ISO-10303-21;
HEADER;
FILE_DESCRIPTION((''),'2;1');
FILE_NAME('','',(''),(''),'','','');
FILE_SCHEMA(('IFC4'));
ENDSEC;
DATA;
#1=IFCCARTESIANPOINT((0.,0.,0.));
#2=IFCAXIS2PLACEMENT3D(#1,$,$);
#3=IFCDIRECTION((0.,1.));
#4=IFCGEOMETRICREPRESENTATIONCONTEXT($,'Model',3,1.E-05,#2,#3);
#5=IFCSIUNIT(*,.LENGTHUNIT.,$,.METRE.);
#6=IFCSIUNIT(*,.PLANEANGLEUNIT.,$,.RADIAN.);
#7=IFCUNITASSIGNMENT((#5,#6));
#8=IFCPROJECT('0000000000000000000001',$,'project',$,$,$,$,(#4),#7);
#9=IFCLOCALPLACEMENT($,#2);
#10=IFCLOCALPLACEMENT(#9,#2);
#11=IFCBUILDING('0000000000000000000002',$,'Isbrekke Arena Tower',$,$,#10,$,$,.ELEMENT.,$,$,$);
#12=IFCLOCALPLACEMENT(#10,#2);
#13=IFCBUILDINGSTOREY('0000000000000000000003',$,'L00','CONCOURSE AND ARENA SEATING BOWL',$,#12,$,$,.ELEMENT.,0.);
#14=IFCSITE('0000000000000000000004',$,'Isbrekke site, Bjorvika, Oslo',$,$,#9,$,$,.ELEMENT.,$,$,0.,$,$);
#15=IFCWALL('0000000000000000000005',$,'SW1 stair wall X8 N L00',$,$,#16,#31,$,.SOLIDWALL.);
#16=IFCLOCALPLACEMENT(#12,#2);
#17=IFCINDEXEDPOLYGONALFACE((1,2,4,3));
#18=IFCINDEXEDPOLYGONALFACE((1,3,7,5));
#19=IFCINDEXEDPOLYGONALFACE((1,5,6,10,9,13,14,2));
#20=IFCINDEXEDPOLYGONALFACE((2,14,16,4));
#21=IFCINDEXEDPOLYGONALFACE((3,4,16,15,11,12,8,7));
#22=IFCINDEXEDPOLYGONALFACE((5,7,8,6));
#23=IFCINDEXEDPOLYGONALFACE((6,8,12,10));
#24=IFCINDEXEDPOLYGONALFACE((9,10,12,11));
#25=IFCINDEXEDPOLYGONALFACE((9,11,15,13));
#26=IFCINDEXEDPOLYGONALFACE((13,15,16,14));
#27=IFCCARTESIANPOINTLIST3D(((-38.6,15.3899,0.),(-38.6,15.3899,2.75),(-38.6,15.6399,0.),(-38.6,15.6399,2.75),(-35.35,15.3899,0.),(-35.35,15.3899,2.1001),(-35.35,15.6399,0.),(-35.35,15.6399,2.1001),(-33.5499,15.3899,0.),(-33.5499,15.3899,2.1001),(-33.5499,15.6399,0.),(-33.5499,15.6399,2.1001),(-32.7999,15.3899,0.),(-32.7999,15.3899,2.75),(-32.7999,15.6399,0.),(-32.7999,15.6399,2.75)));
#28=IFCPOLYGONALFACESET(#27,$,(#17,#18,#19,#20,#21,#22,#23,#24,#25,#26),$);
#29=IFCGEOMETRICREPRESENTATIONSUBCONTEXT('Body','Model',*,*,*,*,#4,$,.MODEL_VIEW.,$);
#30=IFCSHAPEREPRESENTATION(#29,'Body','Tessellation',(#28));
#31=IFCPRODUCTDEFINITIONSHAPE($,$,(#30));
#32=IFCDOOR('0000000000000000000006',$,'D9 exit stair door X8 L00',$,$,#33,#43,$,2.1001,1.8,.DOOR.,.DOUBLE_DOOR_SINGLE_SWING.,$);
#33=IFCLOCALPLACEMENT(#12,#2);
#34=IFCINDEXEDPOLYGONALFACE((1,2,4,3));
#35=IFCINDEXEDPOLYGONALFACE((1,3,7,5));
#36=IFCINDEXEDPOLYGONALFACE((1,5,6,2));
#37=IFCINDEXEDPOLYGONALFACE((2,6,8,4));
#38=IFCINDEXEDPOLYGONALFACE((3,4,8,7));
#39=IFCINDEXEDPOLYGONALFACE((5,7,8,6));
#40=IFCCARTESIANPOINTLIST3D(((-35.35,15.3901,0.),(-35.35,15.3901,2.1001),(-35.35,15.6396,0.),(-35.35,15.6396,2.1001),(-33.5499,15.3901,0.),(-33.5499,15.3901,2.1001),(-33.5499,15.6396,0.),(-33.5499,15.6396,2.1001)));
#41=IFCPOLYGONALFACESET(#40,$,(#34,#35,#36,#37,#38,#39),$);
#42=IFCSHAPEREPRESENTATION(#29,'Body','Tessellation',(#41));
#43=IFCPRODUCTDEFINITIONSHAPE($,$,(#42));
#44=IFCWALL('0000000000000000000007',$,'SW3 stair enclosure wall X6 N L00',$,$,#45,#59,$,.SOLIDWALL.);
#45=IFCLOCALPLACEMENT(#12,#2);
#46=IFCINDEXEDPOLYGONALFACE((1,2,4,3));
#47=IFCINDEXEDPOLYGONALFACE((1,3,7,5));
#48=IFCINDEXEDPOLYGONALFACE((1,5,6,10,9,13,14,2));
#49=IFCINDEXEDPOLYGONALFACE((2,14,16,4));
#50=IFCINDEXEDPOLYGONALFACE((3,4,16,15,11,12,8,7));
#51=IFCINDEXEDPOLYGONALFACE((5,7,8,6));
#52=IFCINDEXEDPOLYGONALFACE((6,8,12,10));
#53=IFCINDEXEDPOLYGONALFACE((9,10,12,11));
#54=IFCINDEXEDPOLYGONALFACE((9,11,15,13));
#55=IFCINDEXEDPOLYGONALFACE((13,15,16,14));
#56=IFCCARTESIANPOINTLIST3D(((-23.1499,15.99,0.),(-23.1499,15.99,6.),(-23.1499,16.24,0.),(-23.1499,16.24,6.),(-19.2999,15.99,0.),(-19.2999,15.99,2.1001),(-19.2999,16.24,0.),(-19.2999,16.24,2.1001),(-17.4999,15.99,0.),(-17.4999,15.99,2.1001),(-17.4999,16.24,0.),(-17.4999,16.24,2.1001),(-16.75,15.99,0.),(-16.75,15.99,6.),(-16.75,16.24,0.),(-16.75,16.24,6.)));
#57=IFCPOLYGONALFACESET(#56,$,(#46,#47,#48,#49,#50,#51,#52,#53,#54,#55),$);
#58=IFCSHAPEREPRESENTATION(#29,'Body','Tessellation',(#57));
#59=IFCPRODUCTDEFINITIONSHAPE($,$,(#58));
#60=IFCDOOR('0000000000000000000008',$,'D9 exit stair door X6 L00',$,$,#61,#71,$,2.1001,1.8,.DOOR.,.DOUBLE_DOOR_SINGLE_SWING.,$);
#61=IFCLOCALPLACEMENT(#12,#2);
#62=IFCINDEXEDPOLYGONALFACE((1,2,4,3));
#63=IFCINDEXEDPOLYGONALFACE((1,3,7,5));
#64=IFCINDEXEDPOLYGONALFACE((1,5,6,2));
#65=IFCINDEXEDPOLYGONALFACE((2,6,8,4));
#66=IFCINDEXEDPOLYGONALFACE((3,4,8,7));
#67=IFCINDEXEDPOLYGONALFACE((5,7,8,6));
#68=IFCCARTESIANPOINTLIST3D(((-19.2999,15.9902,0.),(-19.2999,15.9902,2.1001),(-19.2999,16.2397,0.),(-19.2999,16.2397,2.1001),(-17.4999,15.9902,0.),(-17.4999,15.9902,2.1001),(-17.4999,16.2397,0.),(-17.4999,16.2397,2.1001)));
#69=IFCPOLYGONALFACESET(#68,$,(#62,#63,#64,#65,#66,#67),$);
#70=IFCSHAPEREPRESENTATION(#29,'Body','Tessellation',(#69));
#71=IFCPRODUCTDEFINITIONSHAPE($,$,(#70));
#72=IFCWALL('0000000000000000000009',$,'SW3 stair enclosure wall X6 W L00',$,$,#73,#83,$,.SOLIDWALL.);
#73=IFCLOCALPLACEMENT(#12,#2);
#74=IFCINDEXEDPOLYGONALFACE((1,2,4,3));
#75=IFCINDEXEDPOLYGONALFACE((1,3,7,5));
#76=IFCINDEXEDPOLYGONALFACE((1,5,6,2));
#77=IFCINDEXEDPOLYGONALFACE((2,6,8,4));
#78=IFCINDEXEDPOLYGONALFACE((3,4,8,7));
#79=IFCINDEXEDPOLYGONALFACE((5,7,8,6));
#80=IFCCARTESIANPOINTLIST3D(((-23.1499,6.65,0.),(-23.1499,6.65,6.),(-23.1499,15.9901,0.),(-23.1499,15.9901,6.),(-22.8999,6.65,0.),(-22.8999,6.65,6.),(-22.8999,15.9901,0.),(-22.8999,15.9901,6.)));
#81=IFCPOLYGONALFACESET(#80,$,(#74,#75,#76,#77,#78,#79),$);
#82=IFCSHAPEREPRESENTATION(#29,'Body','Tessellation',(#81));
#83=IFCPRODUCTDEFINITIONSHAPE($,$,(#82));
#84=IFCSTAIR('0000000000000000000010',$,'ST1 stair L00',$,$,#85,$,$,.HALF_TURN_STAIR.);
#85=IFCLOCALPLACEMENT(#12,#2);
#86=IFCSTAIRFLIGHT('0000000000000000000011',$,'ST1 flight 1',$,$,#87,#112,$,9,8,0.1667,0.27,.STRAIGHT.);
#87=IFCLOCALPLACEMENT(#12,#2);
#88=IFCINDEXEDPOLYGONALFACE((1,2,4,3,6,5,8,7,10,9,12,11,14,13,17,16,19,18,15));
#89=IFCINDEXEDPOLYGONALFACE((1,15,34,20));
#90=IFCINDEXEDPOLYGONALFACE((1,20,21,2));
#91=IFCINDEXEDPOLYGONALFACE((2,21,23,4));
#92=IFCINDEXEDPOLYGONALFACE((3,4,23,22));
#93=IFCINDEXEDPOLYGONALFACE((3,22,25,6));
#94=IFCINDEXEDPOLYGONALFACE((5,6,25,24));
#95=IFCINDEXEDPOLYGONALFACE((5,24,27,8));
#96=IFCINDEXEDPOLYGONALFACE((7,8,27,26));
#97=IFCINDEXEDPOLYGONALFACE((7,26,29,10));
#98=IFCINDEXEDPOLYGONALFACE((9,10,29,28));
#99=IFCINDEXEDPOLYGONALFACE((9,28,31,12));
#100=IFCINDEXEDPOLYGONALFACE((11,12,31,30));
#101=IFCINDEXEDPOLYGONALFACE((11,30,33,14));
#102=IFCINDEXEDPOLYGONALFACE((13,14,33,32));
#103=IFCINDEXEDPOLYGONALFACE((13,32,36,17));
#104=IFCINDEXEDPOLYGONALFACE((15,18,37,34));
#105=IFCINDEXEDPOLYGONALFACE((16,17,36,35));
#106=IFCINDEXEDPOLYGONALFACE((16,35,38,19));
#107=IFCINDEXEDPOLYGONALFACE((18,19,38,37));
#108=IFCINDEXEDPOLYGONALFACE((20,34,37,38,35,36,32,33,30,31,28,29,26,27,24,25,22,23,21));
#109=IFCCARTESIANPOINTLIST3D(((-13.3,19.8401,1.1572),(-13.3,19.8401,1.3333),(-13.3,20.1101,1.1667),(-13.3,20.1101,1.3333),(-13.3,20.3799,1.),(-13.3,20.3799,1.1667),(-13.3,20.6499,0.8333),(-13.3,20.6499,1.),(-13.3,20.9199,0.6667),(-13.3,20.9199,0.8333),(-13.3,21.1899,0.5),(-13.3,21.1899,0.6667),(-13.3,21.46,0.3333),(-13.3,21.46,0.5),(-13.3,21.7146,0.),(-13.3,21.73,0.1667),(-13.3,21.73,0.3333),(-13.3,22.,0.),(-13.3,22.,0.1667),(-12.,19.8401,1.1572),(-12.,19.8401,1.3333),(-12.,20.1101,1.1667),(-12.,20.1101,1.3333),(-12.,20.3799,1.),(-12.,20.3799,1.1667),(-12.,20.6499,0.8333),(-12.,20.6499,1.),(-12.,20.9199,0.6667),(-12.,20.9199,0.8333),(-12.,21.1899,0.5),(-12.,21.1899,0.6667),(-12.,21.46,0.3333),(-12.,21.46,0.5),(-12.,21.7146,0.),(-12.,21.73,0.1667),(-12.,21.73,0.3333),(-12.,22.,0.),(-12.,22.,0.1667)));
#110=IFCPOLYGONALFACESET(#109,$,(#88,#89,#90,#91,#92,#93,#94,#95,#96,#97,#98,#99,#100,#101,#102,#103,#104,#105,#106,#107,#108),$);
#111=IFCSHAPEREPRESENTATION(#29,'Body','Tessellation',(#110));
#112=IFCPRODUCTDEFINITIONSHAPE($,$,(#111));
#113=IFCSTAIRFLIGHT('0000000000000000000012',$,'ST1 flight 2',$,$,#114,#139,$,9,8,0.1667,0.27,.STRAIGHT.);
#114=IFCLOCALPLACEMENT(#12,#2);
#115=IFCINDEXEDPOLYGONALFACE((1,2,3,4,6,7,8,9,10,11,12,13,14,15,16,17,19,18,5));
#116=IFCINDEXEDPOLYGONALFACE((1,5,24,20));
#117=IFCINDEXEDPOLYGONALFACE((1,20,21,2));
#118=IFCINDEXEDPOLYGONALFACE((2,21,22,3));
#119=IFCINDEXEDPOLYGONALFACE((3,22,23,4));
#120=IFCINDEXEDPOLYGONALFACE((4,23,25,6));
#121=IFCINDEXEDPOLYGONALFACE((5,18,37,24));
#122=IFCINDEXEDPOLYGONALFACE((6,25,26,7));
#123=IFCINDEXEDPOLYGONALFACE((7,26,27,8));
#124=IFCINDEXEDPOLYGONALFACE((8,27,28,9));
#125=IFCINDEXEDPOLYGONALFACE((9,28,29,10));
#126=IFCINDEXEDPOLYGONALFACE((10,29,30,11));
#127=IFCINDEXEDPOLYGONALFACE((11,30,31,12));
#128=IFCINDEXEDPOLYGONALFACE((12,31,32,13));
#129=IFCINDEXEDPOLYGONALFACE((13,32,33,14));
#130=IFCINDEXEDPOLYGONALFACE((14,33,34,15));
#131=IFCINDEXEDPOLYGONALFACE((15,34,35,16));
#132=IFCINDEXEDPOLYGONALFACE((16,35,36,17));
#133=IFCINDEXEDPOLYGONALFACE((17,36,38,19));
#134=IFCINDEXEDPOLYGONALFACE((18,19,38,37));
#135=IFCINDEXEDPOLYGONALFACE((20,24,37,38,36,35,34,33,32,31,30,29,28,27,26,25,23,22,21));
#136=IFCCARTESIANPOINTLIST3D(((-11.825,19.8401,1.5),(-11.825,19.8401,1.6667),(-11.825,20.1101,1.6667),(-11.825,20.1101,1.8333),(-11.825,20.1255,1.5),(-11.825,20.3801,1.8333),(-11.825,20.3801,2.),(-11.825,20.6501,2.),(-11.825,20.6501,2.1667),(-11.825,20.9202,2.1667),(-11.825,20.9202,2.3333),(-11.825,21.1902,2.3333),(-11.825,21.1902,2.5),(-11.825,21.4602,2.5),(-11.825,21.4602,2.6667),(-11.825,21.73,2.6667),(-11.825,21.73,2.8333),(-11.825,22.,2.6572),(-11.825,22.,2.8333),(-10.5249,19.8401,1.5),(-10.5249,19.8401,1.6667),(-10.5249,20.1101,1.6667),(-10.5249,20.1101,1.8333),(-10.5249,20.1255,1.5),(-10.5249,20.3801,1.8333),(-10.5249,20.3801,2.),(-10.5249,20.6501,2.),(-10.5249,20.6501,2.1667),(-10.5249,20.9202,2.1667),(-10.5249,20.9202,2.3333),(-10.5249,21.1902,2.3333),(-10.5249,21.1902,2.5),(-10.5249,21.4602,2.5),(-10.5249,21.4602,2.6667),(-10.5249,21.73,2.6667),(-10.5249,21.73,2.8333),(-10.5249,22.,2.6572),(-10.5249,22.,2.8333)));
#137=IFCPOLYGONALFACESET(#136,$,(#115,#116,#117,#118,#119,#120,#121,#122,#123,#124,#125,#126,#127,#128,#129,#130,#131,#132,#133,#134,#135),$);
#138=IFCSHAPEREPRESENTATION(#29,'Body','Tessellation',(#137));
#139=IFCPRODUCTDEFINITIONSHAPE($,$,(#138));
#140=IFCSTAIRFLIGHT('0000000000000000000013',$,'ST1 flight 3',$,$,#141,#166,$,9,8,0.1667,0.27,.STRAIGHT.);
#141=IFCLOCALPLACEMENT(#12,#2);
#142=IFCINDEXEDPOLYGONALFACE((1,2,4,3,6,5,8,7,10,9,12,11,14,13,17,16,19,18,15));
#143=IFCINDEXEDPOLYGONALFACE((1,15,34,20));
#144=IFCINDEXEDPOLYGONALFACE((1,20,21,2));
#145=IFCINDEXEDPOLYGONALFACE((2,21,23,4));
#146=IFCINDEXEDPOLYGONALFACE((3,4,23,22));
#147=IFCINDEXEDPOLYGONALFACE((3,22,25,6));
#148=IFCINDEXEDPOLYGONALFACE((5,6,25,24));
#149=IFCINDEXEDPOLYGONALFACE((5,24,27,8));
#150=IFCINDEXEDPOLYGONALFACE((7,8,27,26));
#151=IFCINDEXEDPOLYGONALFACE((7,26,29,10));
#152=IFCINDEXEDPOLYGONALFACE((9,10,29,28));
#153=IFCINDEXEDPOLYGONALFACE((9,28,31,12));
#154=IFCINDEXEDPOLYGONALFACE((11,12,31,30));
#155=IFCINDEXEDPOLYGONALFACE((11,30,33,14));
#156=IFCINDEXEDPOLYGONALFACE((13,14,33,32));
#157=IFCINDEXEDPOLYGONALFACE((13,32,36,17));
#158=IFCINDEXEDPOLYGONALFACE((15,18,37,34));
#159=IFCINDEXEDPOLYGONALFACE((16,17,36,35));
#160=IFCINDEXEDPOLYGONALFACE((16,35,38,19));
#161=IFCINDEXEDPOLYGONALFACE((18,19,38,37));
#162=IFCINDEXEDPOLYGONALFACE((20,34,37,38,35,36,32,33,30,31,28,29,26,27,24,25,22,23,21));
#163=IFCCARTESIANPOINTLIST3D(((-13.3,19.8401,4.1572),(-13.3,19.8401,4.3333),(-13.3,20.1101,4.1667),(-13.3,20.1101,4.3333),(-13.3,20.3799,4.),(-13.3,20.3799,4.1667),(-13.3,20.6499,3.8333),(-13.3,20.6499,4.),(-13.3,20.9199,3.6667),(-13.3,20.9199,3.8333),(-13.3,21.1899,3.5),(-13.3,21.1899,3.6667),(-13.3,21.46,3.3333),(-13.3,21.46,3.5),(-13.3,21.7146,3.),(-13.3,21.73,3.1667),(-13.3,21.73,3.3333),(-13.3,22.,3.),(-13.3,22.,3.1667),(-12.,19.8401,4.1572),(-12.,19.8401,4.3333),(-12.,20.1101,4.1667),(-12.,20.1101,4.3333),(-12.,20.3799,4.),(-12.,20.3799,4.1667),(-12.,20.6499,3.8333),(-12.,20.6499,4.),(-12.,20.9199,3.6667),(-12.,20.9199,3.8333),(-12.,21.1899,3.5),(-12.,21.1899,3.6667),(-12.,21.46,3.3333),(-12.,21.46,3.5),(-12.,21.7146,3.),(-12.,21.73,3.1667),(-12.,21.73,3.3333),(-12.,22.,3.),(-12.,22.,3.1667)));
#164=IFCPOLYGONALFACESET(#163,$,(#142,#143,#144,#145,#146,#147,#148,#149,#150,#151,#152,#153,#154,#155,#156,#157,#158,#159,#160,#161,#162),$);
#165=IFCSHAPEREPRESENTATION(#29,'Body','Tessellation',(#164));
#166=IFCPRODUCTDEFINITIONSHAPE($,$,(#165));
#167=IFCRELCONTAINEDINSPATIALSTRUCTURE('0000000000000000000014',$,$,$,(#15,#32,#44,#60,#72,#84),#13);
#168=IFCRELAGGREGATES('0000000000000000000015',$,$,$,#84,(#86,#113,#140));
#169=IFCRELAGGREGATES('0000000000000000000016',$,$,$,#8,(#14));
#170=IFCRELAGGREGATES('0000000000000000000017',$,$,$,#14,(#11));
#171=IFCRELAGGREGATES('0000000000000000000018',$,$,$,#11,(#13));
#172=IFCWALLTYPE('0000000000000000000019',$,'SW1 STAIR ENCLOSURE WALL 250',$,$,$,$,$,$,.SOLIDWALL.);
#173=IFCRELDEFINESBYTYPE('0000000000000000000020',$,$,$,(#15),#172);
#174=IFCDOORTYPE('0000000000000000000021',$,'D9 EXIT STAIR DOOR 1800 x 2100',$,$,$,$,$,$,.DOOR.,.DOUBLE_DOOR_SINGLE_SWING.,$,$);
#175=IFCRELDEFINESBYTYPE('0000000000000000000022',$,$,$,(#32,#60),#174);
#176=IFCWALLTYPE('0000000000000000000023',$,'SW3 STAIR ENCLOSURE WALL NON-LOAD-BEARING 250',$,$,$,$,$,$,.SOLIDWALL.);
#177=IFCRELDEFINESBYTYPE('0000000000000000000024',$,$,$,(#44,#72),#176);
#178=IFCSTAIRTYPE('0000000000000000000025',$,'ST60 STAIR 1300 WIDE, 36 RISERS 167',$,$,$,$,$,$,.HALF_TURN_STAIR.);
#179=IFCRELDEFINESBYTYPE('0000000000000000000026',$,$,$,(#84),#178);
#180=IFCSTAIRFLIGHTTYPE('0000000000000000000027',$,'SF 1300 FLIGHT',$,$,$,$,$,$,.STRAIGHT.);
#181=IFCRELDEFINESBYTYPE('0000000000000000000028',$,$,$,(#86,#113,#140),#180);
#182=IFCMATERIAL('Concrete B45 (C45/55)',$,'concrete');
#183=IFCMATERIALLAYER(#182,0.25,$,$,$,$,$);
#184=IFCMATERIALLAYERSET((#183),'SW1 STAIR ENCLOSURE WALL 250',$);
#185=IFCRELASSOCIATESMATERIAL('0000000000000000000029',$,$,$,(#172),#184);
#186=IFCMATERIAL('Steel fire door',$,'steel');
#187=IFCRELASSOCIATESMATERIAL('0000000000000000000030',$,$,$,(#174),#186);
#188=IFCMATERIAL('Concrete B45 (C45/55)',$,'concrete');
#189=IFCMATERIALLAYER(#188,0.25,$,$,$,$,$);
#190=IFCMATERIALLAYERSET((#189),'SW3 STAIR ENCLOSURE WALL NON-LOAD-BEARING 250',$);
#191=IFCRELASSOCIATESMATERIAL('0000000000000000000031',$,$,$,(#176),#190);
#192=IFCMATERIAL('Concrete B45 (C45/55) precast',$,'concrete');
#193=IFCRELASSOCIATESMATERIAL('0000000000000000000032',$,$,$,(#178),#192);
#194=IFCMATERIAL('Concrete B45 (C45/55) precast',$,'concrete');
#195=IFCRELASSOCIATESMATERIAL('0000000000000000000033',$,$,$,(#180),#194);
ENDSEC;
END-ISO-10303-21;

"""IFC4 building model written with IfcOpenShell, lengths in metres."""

from ifc_helpers import new_model, si_unit, direction, frame, frame_2d, origin, place, context, subcontext, project, spatial, polyline, rectangle, outline, extrude, material, layer, layer_set, type_object, element, fill, aggregate, save


model = new_model("IFC4")

# Units and contexts
model_context = context("Model", 3, precision=1e-05, world=origin(), true_north=direction((0.0, 1.0)))
body_context = subcontext(model_context, "Body", "Model", "MODEL_VIEW")
ifc_project = project(units=[si_unit("LENGTHUNIT", "METRE"), si_unit("PLANEANGLEUNIT", "RADIAN")], contexts=[model_context])

# Site, building, storey
site_placement = place(None, origin())
site = spatial("IfcSite", under=ifc_project, at=site_placement, Name="Isbrekke site, Bjorvika, Oslo", CompositionType="ELEMENT", RefElevation=0.0)
building_placement = place(site_placement, origin())
building = spatial("IfcBuilding", under=site, at=building_placement, Name="Isbrekke Arena Tower", CompositionType="ELEMENT")
storey_placement = place(building_placement, origin())
storey = spatial("IfcBuildingStorey", under=building, at=storey_placement, Name="L00", Description="CONCOURSE AND ARENA SEATING BOWL", CompositionType="ELEMENT", Elevation=0.0)

# Walls, openings, doors
ifc_material_1 = material(Name="Concrete B45 (C45/55)", Category="concrete")
ifc_layer_1 = layer(ifc_material_1, 0.25)
ifc_layer_set_1 = layer_set([ifc_layer_1], Name="SW1 STAIR ENCLOSURE WALL 250")
wall_type_1 = type_object("IfcWallType", Name="SW1 STAIR ENCLOSURE WALL 250", PredefinedType="SOLIDWALL", material=ifc_layer_set_1)
wall_1_placement = place(storey_placement, frame((-32.8, 15.5149, 0.0), z_axis=(0.0, 0.0, 1.0), x_axis=(-1.0, 0.0, 0.0)))
wall_1 = element("IfcWall", 1, at=wall_1_placement, inside=storey, type_object=wall_type_1, Name="SW1 stair wall X8 N L00", PredefinedType="SOLIDWALL", context=body_context, shape_type="SweptSolid", body=[
    extrude(rectangle(XDim=5.8, YDim=0.25, at=frame_2d((2.8999, 0.0))), origin(), (0.0, 0.0, 1.0), 2.75),
])
opening_1_placement = place(wall_1_placement, frame((0.75, 0.0, 0.0)))
opening_1 = element("IfcOpeningElement", 2, at=opening_1_placement, cuts=wall_1, PredefinedType="OPENING", context=body_context, shape_type="SweptSolid", body=[
    extrude(rectangle(XDim=1.8, YDim=2.1001, at=frame_2d((0.8999, 1.05))), frame((0.0, 0.1399, 0.0), z_axis=(0.0, -1.0, 0.0), x_axis=(1.0, 0.0, 0.0)), (0.0, 0.0, 1.0), 0.2798),
])
ifc_material_2 = material(Name="Steel fire door", Category="steel")
door_type_1 = type_object("IfcDoorType", Name="D9 EXIT STAIR DOOR 1800 x 2100", OperationType="DOUBLE_DOOR_SINGLE_SWING", PredefinedType="DOOR", material=ifc_material_2)
door_1_placement = place(opening_1_placement, origin())
door_1 = element("IfcDoor", 3, at=door_1_placement, inside=storey, type_object=door_type_1, Name="D9 exit stair door X8 L00", OperationType="DOUBLE_DOOR_SINGLE_SWING", OverallHeight=2.1001, OverallWidth=1.8, PredefinedType="DOOR", context=body_context, shape_type="SweptSolid", body=[
    extrude(rectangle(XDim=1.8, YDim=2.1001, at=frame_2d((0.8999, 1.05))), frame((0.0, 0.1248, 0.0), z_axis=(0.0, -1.0, 0.0), x_axis=(1.0, 0.0, 0.0)), (0.0, 0.0, 1.0), 0.2495),
])
fill(opening_1, door_1)
ifc_material_3 = material(Name="Concrete B45 (C45/55)", Category="concrete")
ifc_layer_2 = layer(ifc_material_3, 0.25)
ifc_layer_set_2 = layer_set([ifc_layer_2], Name="SW3 STAIR ENCLOSURE WALL NON-LOAD-BEARING 250")
wall_type_2 = type_object("IfcWallType", Name="SW3 STAIR ENCLOSURE WALL NON-LOAD-BEARING 250", PredefinedType="SOLIDWALL", material=ifc_layer_set_2)
wall_2_placement = place(storey_placement, frame((-16.75, 16.115, 0.0), z_axis=(0.0, 0.0, 1.0), x_axis=(-1.0, 0.0, 0.0)))
wall_2 = element("IfcWall", 4, at=wall_2_placement, inside=storey, type_object=wall_type_2, Name="SW3 stair enclosure wall X6 N L00", PredefinedType="SOLIDWALL", context=body_context, shape_type="SweptSolid", body=[
    extrude(rectangle(XDim=6.3999, YDim=0.25, at=frame_2d((3.2, 0.0))), origin(), (0.0, 0.0, 1.0), 6.0),
])
opening_2_placement = place(wall_2_placement, frame((0.75, 0.0, 0.0)))
opening_2 = element("IfcOpeningElement", 5, at=opening_2_placement, cuts=wall_2, PredefinedType="OPENING", context=body_context, shape_type="SweptSolid", body=[
    extrude(rectangle(XDim=1.8, YDim=2.1001, at=frame_2d((0.8999, 1.05))), frame((0.0, 0.1399, 0.0), z_axis=(0.0, -1.0, 0.0), x_axis=(1.0, 0.0, 0.0)), (0.0, 0.0, 1.0), 0.2798),
])
door_2_placement = place(opening_2_placement, origin())
door_2 = element("IfcDoor", 6, at=door_2_placement, inside=storey, type_object=door_type_1, Name="D9 exit stair door X6 L00", OperationType="DOUBLE_DOOR_SINGLE_SWING", OverallHeight=2.1001, OverallWidth=1.8, PredefinedType="DOOR", context=body_context, shape_type="SweptSolid", body=[
    extrude(rectangle(XDim=1.8, YDim=2.1001, at=frame_2d((0.8999, 1.05))), frame((0.0, 0.1248, 0.0), z_axis=(0.0, -1.0, 0.0), x_axis=(1.0, 0.0, 0.0)), (0.0, 0.0, 1.0), 0.2495),
])
fill(opening_2, door_2)

# Wall
wall_3_placement = place(storey_placement, frame((-23.0249, 15.99, 0.0), z_axis=(0.0, 0.0, 1.0), x_axis=(0.0, -1.0, 0.0)))
element("IfcWall", 7, at=wall_3_placement, inside=storey, type_object=wall_type_2, Name="SW3 stair enclosure wall X6 W L00", PredefinedType="SOLIDWALL", context=body_context, shape_type="SweptSolid", body=[
    extrude(rectangle(XDim=9.3401, YDim=0.25, at=frame_2d((4.6699, 0.0))), origin(), (0.0, 0.0, 1.0), 6.0),
])

# Stair, stair flights
ifc_material_4 = material(Name="Concrete B45 (C45/55) precast", Category="concrete")
stair_type = type_object("IfcStairType", Name="ST60 STAIR 1300 WIDE, 36 RISERS 167", PredefinedType="HALF_TURN_STAIR", material=ifc_material_4)
stair_placement = place(storey_placement, origin())
stair = element("IfcStair", 8, at=stair_placement, inside=storey, type_object=stair_type, Name="ST1 stair L00", PredefinedType="HALF_TURN_STAIR")
ifc_material_5 = material(Name="Concrete B45 (C45/55) precast", Category="concrete")
stair_flight_type = type_object("IfcStairFlightType", Name="SF 1300 FLIGHT", PredefinedType="STRAIGHT", material=ifc_material_5)
stair_flight_1_placement = place(storey_placement, frame((-12.6499, 22.0, 0.0), z_axis=(0.0, 0.0, 1.0), x_axis=(0.0, -1.0, 0.0)))
stair_flight_1 = element("IfcStairFlight", 9, at=stair_flight_1_placement, type_object=stair_flight_type, Name="ST1 flight 1", NumberOfRisers=9, NumberOfTreads=8, PredefinedType="STRAIGHT", RiserHeight=0.1667, TreadLength=0.27, context=body_context, shape_type="SweptSolid", body=[
    extrude(outline(polyline([(0.0, 0.0), (0.0, 0.1667), (0.27, 0.1667), (0.27, 0.3333), (0.54, 0.3333), (0.54, 0.5), (0.8101, 0.5), (0.8101, 0.6667), (1.0801, 0.6667), (1.0801, 0.8333), (1.3501, 0.8333), (1.3501, 1.0), (1.6201, 1.0), (1.6201, 1.1667), (1.8899, 1.1667), (1.8899, 1.3333), (2.1599, 1.3333), (2.1599, 1.5), (2.1599, 1.1572), (0.2854, 0.0), (0.0, 0.0)])), frame((0.0, 0.6499, 0.0), z_axis=(0.0, -1.0, 0.0), x_axis=(1.0, 0.0, 0.0)), (0.0, 0.0, 1.0), 1.3),
])
stair_flight_2_placement = place(storey_placement, frame((-11.175, 19.8401, 1.5), z_axis=(0.0, 0.0, 1.0), x_axis=(0.0, 1.0, 0.0)))
stair_flight_2 = element("IfcStairFlight", 10, at=stair_flight_2_placement, type_object=stair_flight_type, Name="ST1 flight 2", NumberOfRisers=9, NumberOfTreads=8, PredefinedType="STRAIGHT", RiserHeight=0.1667, TreadLength=0.27, context=body_context, shape_type="SweptSolid", body=[
    extrude(outline(polyline([(0.0, 0.0), (0.0, 0.1667), (0.27, 0.1667), (0.27, 0.3333), (0.54, 0.3333), (0.54, 0.5), (0.8101, 0.5), (0.8101, 0.6667), (1.0801, 0.6667), (1.0801, 0.8333), (1.3501, 0.8333), (1.3501, 1.0), (1.6201, 1.0), (1.6201, 1.1667), (1.8899, 1.1667), (1.8899, 1.3333), (2.1599, 1.3333), (2.1599, 1.5), (2.1599, 1.1572), (0.2854, 0.0), (0.0, 0.0)])), frame((0.0, 0.6499, 0.0), z_axis=(0.0, -1.0, 0.0), x_axis=(1.0, 0.0, 0.0)), (0.0, 0.0, 1.0), 1.3),
])
stair_flight_3_placement = place(storey_placement, frame((-12.6499, 22.0, 3.0), z_axis=(0.0, 0.0, 1.0), x_axis=(0.0, -1.0, 0.0)))
stair_flight_3 = element("IfcStairFlight", 11, at=stair_flight_3_placement, type_object=stair_flight_type, Name="ST1 flight 3", NumberOfRisers=9, NumberOfTreads=8, PredefinedType="STRAIGHT", RiserHeight=0.1667, TreadLength=0.27, context=body_context, shape_type="SweptSolid", body=[
    extrude(outline(polyline([(0.0, 0.0), (0.0, 0.1667), (0.27, 0.1667), (0.27, 0.3333), (0.54, 0.3333), (0.54, 0.5), (0.8101, 0.5), (0.8101, 0.6667), (1.0801, 0.6667), (1.0801, 0.8333), (1.3501, 0.8333), (1.3501, 1.0), (1.6201, 1.0), (1.6201, 1.1667), (1.8899, 1.1667), (1.8899, 1.3333), (2.1599, 1.3333), (2.1599, 1.5), (2.1599, 1.1572), (0.2854, 0.0), (0.0, 0.0)])), frame((0.0, 0.6499, 0.0), z_axis=(0.0, -1.0, 0.0), x_axis=(1.0, 0.0, 0.0)), (0.0, 0.0, 1.0), 1.3),
])
aggregate(stair, [stair_flight_1, stair_flight_2, stair_flight_3])

save(model, "model.ifc")
